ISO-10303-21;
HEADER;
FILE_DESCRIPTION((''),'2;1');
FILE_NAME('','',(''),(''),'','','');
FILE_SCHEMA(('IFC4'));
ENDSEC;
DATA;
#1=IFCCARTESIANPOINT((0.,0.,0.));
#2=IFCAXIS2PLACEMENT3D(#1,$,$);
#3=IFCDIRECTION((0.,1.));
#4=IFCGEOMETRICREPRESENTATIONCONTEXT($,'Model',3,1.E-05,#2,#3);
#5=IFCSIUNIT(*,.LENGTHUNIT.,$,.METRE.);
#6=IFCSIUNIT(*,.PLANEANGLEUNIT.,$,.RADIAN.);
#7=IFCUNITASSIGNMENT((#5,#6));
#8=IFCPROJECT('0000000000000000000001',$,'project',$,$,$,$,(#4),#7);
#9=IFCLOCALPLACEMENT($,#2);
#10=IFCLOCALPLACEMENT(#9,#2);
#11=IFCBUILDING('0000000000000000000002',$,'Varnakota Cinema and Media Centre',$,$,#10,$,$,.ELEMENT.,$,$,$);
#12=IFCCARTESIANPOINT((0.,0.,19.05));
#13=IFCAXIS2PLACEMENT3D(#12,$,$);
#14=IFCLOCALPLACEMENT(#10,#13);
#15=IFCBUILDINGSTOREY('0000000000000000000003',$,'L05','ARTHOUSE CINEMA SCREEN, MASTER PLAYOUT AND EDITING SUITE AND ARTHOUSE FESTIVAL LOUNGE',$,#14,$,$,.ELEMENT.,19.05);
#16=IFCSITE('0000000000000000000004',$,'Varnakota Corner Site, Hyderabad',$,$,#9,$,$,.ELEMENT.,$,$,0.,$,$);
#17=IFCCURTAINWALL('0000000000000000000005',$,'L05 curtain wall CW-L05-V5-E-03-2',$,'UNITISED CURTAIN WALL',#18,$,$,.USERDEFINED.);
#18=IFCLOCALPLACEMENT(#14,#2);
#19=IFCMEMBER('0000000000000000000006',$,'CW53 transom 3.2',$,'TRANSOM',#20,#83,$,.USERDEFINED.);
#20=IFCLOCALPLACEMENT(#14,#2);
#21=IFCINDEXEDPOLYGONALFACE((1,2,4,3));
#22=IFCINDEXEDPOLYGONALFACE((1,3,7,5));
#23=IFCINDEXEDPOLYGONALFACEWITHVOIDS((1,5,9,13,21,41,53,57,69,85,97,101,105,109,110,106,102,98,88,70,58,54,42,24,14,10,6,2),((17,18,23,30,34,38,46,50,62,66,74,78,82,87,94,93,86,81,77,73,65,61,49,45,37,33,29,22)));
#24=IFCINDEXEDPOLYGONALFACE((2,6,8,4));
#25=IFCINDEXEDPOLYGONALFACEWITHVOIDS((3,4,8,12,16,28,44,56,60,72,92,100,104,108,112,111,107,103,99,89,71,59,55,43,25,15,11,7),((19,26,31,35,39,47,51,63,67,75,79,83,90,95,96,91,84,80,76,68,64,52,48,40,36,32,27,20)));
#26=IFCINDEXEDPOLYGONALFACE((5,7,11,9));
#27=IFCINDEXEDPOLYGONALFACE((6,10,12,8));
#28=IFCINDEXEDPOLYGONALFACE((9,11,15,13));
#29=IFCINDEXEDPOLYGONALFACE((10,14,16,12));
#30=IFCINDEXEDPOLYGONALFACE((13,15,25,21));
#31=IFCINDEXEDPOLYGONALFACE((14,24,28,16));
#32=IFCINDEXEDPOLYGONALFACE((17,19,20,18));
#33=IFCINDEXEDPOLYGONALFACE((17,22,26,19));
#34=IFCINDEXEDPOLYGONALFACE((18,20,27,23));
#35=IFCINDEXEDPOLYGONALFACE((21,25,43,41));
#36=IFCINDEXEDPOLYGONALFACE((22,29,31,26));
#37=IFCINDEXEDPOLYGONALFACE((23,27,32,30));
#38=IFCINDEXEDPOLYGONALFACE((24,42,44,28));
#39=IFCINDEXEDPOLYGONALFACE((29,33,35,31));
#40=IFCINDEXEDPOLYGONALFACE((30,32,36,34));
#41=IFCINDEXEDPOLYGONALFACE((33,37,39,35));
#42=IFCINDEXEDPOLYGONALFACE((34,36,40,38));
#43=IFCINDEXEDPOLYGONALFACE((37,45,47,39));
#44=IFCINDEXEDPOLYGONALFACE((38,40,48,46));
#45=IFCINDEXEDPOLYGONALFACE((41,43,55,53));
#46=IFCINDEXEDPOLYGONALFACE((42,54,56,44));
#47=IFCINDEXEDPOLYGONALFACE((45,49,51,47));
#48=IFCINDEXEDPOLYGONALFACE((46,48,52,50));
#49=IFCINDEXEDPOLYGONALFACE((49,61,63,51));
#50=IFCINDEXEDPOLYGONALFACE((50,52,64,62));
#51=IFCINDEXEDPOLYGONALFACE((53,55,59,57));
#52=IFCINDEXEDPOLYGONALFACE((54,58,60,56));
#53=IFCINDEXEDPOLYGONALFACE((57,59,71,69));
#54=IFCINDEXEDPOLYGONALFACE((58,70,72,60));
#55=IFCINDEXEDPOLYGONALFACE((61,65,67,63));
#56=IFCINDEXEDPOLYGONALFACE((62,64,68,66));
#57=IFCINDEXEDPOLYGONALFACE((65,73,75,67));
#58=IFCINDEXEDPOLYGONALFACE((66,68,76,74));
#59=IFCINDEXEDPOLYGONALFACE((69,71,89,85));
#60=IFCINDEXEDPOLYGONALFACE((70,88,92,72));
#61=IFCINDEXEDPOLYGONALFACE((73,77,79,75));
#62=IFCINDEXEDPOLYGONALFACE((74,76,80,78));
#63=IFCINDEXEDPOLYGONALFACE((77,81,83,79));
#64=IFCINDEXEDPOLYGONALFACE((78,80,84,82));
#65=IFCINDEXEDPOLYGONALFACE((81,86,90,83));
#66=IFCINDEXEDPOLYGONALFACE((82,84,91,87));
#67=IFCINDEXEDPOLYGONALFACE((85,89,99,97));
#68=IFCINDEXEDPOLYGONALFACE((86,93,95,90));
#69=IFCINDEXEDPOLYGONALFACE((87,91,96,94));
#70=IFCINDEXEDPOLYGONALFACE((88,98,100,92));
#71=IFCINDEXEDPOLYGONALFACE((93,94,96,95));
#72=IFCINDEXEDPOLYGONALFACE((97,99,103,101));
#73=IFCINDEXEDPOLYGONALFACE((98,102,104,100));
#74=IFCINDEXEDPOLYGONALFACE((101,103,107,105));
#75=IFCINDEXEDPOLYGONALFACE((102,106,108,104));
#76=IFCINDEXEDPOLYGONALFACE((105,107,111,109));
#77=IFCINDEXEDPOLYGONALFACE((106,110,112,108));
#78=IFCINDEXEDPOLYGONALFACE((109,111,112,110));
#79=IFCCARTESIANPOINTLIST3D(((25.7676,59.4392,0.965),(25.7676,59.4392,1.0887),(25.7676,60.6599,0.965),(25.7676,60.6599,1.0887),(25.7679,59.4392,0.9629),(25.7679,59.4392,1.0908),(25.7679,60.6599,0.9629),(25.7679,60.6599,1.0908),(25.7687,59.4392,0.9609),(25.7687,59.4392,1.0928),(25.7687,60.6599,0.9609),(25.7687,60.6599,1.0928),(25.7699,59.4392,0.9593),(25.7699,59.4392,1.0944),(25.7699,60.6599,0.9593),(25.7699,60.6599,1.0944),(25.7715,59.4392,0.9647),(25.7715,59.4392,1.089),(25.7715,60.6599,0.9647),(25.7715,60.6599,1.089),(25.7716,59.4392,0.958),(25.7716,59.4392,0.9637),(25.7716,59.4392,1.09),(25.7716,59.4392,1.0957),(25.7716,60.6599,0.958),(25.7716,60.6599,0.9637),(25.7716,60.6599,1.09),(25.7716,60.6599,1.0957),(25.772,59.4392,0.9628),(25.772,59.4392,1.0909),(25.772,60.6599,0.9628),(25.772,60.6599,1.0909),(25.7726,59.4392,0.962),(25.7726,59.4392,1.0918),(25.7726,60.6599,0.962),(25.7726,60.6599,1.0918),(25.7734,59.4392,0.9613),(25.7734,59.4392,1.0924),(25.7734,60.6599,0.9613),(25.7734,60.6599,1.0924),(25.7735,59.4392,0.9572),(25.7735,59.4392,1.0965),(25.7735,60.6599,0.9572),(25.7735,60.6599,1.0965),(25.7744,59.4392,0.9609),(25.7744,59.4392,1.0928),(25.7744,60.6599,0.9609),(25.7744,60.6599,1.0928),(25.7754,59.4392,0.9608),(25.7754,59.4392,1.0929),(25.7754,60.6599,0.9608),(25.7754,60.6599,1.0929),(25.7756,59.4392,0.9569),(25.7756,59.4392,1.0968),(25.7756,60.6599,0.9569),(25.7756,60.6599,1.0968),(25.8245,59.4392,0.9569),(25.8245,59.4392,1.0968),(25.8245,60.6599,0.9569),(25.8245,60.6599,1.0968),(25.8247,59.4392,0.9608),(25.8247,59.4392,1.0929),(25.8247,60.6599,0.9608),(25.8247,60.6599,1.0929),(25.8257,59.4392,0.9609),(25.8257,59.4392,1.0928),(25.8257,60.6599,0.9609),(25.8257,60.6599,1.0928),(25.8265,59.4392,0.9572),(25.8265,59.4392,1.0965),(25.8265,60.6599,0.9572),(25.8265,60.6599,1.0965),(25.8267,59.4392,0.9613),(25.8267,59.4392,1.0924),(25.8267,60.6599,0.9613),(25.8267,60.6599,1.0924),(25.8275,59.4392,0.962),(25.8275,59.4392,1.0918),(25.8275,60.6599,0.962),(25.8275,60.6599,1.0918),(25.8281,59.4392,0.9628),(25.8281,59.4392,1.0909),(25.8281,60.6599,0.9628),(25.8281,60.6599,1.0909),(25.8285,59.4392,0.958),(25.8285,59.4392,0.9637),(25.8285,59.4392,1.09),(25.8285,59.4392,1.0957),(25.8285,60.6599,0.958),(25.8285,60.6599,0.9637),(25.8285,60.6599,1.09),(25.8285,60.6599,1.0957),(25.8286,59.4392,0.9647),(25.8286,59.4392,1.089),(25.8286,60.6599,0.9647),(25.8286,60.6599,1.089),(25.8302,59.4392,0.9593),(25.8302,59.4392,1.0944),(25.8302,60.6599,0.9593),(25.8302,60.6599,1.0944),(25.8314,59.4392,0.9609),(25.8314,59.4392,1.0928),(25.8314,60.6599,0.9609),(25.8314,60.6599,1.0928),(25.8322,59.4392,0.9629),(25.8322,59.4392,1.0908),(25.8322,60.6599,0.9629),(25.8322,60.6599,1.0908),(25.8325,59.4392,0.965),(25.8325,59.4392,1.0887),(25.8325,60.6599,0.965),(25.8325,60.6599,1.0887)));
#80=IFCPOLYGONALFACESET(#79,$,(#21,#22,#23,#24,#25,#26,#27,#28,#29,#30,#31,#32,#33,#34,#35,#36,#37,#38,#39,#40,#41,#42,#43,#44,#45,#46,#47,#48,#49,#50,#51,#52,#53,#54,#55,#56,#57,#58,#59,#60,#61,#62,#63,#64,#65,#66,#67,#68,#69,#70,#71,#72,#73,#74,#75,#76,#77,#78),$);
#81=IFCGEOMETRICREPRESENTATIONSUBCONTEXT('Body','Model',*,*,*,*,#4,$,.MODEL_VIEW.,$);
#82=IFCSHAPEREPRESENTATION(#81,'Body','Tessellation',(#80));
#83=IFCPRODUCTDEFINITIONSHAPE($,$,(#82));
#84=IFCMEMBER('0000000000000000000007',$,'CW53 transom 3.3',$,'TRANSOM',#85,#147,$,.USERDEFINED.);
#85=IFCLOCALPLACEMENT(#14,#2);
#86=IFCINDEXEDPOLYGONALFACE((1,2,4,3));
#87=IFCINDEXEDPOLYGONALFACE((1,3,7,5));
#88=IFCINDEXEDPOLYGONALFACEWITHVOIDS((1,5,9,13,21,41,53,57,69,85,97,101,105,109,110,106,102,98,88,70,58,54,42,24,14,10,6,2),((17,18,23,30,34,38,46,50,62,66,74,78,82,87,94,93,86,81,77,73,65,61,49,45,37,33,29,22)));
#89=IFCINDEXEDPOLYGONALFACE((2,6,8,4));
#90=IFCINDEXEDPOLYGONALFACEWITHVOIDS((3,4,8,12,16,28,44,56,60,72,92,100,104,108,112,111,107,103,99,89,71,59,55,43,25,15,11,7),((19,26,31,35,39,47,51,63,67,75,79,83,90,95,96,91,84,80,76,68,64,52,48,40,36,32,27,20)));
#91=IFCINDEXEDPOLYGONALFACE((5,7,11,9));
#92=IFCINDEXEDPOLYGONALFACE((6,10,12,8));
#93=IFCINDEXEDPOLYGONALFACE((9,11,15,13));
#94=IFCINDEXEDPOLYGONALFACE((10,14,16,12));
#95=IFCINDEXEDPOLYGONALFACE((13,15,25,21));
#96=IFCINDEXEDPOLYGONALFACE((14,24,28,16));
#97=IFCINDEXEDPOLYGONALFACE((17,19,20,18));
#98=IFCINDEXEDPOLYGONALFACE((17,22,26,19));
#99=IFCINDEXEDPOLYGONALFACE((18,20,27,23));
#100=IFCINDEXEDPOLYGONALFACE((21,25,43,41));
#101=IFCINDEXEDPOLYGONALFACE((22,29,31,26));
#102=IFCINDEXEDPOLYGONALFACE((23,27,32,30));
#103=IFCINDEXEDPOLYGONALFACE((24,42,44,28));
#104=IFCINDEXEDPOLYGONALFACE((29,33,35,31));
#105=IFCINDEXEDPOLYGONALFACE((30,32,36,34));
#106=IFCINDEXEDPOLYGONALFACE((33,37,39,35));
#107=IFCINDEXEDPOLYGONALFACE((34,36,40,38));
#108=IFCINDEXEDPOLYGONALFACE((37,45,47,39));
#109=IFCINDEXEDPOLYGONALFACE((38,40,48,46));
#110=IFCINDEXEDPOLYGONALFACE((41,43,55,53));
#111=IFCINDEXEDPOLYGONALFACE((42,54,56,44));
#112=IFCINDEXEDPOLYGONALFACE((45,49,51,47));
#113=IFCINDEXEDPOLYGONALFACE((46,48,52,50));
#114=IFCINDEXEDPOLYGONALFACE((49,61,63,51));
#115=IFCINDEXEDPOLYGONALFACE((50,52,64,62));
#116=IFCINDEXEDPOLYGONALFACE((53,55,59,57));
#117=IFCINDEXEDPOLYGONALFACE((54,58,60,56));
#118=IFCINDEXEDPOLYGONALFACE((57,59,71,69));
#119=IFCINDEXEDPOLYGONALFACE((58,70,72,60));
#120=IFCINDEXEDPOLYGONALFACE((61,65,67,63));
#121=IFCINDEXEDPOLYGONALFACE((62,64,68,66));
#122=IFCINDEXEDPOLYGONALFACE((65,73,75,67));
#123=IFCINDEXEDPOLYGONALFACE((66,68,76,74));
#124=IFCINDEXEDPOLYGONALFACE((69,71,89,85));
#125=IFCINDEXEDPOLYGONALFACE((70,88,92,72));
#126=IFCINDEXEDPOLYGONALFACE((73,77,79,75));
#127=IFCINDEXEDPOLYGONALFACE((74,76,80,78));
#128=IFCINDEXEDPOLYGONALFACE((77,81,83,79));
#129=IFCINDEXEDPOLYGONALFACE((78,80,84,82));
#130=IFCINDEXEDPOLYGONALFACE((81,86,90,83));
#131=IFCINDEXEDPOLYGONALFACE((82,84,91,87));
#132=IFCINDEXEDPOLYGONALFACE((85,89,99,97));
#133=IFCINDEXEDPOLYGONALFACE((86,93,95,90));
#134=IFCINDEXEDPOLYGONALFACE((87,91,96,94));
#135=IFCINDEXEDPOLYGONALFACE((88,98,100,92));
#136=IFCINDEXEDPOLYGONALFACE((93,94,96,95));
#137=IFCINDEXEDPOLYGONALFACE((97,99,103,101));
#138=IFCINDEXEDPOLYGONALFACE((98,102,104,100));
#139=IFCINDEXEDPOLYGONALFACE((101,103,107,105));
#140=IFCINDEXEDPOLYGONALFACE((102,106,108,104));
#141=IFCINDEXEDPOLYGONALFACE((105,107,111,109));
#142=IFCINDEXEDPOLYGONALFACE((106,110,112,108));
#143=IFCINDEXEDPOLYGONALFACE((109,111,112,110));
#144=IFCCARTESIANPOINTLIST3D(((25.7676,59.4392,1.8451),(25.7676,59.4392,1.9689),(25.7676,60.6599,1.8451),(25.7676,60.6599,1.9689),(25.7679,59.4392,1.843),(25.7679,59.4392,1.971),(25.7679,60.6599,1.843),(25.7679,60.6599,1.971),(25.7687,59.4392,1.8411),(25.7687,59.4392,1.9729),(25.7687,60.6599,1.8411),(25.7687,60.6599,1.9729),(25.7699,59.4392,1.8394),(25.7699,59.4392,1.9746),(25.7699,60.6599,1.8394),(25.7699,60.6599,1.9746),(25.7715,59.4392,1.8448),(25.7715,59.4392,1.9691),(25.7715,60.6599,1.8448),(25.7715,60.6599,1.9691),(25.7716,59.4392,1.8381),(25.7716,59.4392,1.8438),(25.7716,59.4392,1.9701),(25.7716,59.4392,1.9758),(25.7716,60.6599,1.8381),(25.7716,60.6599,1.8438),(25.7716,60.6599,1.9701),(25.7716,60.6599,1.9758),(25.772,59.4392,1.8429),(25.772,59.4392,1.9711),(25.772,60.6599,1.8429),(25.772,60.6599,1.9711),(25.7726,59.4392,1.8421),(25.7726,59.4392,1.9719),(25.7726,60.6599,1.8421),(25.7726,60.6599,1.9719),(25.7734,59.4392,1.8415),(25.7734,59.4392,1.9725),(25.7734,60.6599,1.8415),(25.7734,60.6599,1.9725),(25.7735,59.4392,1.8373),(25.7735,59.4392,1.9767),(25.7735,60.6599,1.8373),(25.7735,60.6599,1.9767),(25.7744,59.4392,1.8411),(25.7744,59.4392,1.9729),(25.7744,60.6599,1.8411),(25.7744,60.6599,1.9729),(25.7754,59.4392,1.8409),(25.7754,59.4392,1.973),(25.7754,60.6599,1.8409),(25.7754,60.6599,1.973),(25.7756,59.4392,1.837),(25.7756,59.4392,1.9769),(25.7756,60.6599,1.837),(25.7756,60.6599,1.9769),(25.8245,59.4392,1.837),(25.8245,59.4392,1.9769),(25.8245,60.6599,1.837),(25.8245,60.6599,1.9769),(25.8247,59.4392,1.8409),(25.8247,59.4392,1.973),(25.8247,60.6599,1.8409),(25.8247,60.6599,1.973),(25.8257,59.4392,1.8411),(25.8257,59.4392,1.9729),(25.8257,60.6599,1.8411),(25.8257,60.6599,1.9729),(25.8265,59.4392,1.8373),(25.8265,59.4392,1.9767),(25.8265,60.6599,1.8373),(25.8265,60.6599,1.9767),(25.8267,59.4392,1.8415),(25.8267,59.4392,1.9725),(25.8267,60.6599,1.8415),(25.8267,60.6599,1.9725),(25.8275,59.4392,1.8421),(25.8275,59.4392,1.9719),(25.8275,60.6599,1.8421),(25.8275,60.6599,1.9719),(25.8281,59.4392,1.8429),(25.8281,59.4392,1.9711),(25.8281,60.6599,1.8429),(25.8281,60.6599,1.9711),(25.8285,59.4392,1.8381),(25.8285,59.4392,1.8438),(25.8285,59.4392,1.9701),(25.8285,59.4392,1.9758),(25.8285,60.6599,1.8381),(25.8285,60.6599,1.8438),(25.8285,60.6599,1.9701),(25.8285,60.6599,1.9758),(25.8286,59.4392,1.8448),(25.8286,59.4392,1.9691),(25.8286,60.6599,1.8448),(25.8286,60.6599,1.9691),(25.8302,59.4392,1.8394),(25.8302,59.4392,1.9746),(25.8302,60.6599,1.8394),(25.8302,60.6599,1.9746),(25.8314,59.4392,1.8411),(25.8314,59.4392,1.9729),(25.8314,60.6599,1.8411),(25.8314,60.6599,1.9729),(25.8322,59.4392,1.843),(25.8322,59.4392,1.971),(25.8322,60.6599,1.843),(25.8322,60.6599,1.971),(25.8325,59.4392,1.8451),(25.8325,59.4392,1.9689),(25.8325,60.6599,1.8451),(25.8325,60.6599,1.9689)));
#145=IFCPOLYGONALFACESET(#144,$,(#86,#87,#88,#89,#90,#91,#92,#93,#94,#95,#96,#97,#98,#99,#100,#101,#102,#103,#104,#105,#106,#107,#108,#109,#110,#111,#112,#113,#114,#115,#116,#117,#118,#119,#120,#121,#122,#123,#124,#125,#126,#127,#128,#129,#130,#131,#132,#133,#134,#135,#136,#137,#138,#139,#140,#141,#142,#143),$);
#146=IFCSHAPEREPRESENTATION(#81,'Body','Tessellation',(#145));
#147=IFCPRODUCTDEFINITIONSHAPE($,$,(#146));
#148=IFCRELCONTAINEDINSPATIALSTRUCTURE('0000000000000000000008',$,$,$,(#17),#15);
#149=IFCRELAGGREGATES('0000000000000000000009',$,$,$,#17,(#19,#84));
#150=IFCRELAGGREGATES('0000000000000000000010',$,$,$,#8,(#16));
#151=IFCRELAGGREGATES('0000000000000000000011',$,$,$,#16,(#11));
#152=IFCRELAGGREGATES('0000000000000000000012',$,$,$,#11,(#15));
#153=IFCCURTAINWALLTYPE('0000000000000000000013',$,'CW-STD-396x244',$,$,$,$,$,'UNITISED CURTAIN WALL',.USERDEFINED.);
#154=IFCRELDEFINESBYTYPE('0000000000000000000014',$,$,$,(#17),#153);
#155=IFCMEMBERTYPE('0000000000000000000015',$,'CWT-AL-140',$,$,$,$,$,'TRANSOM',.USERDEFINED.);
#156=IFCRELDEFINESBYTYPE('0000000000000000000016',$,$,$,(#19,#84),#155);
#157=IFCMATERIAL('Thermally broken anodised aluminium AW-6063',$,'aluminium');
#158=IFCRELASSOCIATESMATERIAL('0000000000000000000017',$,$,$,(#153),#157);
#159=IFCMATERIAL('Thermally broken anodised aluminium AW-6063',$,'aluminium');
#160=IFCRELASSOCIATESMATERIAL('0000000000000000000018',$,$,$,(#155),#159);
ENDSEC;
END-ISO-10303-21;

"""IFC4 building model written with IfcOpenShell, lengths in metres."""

from ifc_helpers import new_model, si_unit, direction, frame, origin, origin_2d, place, context, subcontext, project, spatial, hollow_rectangle, extrude, material, material_profile, profile_set, type_object, element, aggregate, save


model = new_model("IFC4")

# Units and contexts
model_context = context("Model", 3, precision=1e-05, world=origin(), true_north=direction((0.0, 1.0)))
body_context = subcontext(model_context, "Body", "Model", "MODEL_VIEW")
ifc_project = project(units=[si_unit("LENGTHUNIT", "METRE"), si_unit("PLANEANGLEUNIT", "RADIAN")], contexts=[model_context])

# Site, building, storey
site_placement = place(None, origin())
site = spatial("IfcSite", under=ifc_project, at=site_placement, Name="Varnakota Corner Site, Hyderabad", CompositionType="ELEMENT", RefElevation=0.0)
building_placement = place(site_placement, origin())
building = spatial("IfcBuilding", under=site, at=building_placement, Name="Varnakota Cinema and Media Centre", CompositionType="ELEMENT")
storey_placement = place(building_placement, frame((0.0, 0.0, 19.05)))
storey = spatial("IfcBuildingStorey", under=building, at=storey_placement, Name="L05", Description="ARTHOUSE CINEMA SCREEN, MASTER PLAYOUT AND EDITING SUITE AND ARTHOUSE FESTIVAL LOUNGE", CompositionType="ELEMENT", Elevation=19.05)

# Curtain wall, members
ifc_material_1 = material(Name="Thermally broken anodised aluminium AW-6063", Category="aluminium")
curtain_wall_type = type_object("IfcCurtainWallType", Name="CW-STD-396x244", ElementType="UNITISED CURTAIN WALL", PredefinedType="USERDEFINED", material=ifc_material_1)
curtain_wall_placement = place(storey_placement, origin())
curtain_wall = element("IfcCurtainWall", 1, at=curtain_wall_placement, inside=storey, type_object=curtain_wall_type, Name="L05 curtain wall CW-L05-V5-E-03-2", ObjectType="UNITISED CURTAIN WALL", PredefinedType="USERDEFINED")
ifc_material_2 = material(Name="Thermally broken anodised aluminium AW-6063", Category="aluminium")
ifc_material_profile_1 = material_profile(ifc_material_2, hollow_rectangle(XDim=0.0649, YDim=0.1399, WallThickness=0.0039, InnerFilletRadius=0.0039, OuterFilletRadius=0.0081, at=origin_2d()), Name="AL-TRANSOM 140x65x4")
ifc_profile_set_1 = profile_set([ifc_material_profile_1], Name="Thermally broken anodised aluminium AW-6063")
member_type_1 = type_object("IfcMemberType", Name="CWT-AL-140", ElementType="TRANSOM", PredefinedType="USERDEFINED", material=ifc_profile_set_1)
member_1_placement = place(storey_placement, frame((25.8, 59.4392, 1.0269), z_axis=(0.0, 1.0, 0.0), x_axis=(-1.0, 0.0, 0.0)))
member_1 = element("IfcMember", 2, at=member_1_placement, type_object=member_type_1, Name="CW53 transom 3.2", ObjectType="TRANSOM", PredefinedType="USERDEFINED", context=body_context, shape_type="SweptSolid", body=[
    extrude(hollow_rectangle(XDim=0.0649, YDim=0.1399, WallThickness=0.0039, InnerFilletRadius=0.0039, OuterFilletRadius=0.0081, at=origin_2d()), origin(), (0.0, 0.0, 1.0), 1.2207),
])
member_2_placement = place(storey_placement, frame((25.8, 59.4392, 1.907), z_axis=(0.0, 1.0, 0.0), x_axis=(-1.0, 0.0, 0.0)))
member_2 = element("IfcMember", 3, at=member_2_placement, type_object=member_type_1, Name="CW53 transom 3.3", ObjectType="TRANSOM", PredefinedType="USERDEFINED", context=body_context, shape_type="SweptSolid", body=[
    extrude(hollow_rectangle(XDim=0.0649, YDim=0.1399, WallThickness=0.0039, InnerFilletRadius=0.0039, OuterFilletRadius=0.0081, at=origin_2d()), origin(), (0.0, 0.0, 1.0), 1.2207),
])
aggregate(curtain_wall, [member_1, member_2])

save(model, "model.ifc")
